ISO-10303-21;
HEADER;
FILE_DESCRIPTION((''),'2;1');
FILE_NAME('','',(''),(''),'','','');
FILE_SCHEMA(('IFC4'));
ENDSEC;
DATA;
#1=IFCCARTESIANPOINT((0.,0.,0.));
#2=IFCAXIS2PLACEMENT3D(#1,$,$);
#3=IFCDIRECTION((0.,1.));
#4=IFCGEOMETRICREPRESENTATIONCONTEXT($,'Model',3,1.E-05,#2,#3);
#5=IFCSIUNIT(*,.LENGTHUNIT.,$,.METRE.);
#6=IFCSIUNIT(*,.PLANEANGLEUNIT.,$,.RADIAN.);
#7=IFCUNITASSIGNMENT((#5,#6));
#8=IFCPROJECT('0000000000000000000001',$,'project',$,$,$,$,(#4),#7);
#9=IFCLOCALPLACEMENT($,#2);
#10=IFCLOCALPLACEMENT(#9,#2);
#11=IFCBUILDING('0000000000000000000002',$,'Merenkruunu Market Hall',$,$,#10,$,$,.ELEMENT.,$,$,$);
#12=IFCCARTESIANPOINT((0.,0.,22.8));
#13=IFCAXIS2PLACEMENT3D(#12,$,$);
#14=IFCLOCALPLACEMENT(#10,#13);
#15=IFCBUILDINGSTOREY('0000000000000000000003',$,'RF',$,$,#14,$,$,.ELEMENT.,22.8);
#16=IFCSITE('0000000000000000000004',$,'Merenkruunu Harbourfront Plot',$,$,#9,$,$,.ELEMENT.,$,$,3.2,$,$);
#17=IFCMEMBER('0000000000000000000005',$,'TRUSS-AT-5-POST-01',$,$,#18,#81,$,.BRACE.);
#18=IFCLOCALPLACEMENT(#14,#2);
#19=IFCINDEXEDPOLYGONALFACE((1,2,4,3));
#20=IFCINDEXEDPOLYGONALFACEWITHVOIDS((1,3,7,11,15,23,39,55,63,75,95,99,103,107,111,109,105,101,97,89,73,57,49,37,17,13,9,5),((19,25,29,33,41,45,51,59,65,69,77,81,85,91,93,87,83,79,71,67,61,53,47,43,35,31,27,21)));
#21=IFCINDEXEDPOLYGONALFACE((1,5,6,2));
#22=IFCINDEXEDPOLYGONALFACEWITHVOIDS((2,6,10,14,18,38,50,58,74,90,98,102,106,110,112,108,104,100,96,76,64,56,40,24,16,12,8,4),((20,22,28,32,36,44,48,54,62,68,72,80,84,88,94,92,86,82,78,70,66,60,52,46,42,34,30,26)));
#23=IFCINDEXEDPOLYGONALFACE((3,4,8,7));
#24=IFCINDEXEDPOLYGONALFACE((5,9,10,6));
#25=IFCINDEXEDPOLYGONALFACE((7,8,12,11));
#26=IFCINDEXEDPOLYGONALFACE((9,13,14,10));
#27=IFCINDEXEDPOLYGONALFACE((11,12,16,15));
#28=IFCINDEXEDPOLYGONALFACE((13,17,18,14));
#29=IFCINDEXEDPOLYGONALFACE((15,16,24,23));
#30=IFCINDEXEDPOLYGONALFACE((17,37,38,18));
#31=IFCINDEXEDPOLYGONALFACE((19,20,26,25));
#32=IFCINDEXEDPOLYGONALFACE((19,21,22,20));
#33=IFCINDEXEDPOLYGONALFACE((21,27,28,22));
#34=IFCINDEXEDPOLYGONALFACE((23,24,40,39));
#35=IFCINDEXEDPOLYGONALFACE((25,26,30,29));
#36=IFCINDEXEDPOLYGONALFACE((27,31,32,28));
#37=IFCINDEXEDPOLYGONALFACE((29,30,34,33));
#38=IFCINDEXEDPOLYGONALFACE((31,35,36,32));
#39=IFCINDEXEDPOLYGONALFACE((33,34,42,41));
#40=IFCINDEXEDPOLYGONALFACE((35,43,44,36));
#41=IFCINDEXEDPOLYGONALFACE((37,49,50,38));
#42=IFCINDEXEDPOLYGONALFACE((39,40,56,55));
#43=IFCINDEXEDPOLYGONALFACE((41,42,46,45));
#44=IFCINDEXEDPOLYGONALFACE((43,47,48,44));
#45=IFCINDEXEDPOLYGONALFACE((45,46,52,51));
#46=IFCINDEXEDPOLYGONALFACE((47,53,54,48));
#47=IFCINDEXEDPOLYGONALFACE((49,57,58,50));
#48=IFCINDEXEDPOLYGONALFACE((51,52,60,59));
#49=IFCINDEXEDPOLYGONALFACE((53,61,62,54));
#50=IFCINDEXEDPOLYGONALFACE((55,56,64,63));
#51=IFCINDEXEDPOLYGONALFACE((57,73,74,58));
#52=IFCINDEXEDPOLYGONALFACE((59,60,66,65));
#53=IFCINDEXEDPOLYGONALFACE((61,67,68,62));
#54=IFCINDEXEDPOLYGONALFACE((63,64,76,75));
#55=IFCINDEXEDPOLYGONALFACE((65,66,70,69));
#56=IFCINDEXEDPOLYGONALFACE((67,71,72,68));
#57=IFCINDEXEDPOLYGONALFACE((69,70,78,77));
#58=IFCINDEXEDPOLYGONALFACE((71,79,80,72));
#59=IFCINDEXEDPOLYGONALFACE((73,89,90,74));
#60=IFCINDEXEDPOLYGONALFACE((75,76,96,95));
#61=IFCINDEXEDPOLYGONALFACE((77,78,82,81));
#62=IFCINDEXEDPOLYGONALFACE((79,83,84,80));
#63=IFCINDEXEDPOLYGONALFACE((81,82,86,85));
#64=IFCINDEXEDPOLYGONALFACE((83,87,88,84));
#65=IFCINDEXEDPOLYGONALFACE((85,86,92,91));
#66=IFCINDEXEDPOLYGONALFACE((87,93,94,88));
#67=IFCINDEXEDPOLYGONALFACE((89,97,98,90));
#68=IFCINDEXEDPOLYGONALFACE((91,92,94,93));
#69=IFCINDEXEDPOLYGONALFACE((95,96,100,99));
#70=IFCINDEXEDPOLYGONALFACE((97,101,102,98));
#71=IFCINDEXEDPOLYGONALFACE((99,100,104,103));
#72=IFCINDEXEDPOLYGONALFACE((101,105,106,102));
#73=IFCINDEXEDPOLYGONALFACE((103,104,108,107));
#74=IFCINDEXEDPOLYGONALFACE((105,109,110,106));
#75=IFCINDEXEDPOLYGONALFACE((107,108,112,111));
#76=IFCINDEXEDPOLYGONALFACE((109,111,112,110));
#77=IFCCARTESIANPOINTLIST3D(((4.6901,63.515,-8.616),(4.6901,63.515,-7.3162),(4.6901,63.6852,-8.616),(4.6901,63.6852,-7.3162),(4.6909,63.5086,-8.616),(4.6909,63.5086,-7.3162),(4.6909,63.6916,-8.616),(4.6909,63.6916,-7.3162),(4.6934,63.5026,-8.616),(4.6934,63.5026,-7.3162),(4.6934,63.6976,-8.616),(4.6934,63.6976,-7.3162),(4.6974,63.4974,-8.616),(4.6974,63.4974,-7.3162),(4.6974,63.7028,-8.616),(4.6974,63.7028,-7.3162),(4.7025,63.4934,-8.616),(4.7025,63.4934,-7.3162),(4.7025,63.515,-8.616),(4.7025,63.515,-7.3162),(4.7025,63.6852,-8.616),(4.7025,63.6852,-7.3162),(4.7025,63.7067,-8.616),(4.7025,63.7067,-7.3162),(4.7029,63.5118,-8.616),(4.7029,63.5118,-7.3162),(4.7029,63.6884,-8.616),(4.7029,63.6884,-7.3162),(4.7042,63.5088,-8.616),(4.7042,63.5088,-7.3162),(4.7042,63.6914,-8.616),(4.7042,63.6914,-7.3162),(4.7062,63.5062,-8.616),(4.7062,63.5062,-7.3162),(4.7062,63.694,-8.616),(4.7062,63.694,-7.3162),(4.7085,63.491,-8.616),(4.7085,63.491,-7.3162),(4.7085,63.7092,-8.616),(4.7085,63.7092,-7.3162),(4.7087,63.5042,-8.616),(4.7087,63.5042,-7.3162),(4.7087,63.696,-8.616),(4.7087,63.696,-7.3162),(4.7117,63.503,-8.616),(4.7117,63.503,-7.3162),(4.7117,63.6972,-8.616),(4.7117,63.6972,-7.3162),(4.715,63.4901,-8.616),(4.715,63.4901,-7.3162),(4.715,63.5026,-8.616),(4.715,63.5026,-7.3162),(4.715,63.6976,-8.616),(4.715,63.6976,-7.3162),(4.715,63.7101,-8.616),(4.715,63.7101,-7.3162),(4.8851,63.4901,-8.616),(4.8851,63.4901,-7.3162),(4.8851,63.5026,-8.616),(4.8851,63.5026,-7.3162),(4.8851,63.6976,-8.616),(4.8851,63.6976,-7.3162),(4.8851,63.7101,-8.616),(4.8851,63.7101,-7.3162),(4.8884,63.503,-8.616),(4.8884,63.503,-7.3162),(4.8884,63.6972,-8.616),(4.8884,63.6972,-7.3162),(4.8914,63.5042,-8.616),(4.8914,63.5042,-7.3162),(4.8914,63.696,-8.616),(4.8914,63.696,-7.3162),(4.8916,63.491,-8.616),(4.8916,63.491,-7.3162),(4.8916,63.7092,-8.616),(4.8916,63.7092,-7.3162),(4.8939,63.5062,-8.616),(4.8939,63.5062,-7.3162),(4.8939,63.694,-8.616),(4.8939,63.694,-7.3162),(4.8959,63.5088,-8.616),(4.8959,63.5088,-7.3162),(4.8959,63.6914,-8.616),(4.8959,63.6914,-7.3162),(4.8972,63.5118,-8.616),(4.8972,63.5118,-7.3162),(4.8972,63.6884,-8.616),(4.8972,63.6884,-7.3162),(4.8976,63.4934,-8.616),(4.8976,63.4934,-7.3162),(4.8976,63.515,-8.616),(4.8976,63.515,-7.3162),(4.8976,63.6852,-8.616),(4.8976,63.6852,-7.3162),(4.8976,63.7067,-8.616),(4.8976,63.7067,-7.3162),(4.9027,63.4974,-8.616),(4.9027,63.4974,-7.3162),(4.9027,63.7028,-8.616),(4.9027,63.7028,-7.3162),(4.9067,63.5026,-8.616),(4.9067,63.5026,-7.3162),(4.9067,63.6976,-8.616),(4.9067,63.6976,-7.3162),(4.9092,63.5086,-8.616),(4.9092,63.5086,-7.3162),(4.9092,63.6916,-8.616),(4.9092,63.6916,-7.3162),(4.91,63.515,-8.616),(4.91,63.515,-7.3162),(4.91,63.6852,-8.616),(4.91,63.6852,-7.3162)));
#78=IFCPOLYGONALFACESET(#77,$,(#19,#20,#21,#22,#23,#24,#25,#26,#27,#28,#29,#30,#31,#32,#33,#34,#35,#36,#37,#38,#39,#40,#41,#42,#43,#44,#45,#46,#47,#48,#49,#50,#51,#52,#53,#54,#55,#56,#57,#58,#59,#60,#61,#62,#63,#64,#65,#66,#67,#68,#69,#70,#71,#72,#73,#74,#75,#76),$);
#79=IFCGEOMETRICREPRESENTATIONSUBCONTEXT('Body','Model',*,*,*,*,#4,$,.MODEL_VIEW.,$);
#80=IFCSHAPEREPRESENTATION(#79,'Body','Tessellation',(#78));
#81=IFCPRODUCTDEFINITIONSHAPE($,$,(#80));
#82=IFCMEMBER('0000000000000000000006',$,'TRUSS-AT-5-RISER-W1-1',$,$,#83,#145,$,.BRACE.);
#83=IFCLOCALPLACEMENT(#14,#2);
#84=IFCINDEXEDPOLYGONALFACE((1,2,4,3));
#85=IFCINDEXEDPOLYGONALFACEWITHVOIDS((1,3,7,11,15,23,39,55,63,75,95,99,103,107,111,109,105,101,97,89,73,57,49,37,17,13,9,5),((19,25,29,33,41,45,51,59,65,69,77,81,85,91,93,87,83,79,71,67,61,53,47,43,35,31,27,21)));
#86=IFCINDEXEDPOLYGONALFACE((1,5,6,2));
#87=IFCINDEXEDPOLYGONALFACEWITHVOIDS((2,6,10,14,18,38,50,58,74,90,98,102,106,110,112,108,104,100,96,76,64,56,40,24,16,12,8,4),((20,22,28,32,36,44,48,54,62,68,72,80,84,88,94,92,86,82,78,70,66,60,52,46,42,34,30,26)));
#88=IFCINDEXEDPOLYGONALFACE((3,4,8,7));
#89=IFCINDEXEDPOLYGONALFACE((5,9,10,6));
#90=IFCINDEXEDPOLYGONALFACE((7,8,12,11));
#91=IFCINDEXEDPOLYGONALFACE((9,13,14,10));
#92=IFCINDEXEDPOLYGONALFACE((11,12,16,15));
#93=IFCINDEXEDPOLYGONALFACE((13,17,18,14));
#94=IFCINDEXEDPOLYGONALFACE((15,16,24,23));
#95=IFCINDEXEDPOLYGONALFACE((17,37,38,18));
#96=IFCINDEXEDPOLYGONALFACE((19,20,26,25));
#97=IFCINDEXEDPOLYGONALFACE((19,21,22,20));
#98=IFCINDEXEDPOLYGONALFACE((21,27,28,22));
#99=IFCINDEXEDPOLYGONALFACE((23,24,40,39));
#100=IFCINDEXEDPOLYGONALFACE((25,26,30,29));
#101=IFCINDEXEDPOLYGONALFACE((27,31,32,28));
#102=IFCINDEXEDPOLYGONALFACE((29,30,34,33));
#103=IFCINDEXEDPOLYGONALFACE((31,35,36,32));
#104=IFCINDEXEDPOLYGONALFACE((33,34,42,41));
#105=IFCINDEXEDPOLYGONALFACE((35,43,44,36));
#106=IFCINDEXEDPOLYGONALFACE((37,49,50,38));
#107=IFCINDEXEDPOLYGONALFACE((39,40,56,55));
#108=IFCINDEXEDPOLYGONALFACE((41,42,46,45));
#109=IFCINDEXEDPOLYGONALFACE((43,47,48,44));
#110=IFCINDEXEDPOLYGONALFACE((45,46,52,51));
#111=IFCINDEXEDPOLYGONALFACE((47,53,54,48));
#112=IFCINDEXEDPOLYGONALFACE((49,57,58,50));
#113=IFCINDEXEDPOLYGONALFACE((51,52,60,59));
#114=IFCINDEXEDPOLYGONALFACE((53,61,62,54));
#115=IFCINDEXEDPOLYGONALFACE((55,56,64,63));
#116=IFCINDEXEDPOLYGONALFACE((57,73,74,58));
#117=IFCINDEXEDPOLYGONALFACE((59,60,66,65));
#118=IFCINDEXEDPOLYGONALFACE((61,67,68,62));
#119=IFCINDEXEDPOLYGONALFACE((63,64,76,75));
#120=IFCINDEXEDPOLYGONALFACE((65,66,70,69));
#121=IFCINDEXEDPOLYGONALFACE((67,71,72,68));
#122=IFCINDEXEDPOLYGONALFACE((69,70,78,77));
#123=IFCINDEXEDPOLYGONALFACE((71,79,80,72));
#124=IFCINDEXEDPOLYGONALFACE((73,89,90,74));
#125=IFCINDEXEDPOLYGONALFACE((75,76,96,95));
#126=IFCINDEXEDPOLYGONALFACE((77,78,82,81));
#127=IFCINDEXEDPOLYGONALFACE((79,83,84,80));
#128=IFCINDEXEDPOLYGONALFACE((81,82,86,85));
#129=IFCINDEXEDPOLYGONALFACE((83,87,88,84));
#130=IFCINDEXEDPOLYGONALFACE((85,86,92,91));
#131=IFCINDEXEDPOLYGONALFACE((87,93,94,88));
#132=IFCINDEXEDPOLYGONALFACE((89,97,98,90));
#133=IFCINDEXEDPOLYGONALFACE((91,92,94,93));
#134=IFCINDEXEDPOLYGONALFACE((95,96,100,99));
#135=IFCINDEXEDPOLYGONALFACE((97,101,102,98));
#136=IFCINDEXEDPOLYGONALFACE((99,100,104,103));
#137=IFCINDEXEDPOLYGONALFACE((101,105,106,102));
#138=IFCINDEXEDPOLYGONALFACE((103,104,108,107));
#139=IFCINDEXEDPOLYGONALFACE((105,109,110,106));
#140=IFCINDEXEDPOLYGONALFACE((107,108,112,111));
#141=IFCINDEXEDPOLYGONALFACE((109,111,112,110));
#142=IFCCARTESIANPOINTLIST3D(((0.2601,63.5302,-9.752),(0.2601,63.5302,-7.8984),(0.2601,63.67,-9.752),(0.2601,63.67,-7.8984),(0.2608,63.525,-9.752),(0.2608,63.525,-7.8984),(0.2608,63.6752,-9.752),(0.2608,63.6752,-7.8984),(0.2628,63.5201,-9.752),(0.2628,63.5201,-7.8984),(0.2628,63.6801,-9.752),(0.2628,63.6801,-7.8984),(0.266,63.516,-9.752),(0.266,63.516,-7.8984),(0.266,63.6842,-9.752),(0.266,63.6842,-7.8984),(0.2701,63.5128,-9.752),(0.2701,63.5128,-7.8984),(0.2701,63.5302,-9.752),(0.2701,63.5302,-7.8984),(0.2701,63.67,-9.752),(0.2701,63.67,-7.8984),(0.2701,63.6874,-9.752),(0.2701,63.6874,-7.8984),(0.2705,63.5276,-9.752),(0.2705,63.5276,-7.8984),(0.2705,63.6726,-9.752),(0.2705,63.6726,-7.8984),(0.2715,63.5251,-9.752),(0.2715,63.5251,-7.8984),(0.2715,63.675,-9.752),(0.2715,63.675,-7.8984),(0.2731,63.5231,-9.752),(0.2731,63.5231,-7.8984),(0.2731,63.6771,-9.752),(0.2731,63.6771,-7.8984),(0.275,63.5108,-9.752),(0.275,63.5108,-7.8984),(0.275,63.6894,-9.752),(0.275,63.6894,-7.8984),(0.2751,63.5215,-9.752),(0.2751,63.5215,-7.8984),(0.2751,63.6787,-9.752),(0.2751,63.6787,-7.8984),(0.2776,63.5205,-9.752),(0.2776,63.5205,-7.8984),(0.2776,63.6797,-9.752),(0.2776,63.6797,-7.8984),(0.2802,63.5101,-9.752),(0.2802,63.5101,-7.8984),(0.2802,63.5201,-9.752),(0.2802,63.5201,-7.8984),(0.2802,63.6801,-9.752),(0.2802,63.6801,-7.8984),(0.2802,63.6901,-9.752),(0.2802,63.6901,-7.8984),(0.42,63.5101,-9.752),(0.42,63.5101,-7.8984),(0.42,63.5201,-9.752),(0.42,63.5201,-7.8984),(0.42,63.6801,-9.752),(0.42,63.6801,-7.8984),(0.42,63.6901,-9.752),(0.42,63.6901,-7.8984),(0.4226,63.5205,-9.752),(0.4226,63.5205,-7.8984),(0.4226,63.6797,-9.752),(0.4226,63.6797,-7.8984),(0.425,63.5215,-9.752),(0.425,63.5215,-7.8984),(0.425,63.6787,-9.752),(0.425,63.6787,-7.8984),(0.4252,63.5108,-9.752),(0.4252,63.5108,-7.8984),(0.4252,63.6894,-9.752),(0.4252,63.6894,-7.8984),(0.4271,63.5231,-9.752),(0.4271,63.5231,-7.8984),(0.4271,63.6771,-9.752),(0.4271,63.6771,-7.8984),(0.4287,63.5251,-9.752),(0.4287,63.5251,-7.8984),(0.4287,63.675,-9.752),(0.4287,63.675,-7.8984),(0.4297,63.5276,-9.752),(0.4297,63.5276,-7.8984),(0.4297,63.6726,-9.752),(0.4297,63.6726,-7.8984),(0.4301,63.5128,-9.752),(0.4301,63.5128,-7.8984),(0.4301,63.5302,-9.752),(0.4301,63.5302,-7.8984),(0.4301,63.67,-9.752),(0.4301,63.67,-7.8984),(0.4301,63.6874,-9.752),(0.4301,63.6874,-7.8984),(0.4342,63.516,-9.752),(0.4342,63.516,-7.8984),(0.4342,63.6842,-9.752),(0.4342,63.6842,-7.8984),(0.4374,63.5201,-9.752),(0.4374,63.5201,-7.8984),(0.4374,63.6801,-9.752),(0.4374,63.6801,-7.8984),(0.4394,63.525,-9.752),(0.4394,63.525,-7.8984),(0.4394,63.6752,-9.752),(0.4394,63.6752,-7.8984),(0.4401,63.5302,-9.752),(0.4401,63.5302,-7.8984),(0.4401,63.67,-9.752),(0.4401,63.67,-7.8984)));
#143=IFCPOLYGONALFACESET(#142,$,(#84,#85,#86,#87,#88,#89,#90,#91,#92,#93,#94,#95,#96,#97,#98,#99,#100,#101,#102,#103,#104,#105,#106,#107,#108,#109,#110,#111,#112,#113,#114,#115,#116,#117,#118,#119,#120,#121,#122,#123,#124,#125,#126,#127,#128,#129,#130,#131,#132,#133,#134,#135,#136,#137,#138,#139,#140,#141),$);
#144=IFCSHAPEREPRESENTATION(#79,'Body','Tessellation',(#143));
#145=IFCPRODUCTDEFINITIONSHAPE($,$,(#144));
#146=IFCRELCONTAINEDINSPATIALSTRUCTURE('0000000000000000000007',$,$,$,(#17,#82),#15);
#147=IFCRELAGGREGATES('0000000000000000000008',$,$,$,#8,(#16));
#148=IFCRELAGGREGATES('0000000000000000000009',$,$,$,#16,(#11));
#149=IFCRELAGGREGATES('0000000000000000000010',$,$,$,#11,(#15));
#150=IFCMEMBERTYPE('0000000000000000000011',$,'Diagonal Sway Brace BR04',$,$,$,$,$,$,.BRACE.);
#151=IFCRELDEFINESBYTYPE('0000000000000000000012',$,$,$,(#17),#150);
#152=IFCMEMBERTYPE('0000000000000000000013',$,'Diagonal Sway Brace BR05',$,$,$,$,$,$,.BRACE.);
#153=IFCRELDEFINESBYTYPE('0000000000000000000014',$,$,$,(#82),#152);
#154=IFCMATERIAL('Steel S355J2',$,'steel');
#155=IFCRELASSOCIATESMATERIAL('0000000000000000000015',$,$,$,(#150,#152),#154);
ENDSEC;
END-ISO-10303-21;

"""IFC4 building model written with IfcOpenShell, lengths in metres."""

from ifc_helpers import new_model, si_unit, direction, frame, origin, origin_2d, place, context, subcontext, project, spatial, hollow_rectangle, extrude, material, material_profile, profile_set, type_object, element, save


model = new_model("IFC4")

# Units and contexts
model_context = context("Model", 3, precision=1e-05, world=origin(), true_north=direction((0.0, 1.0)))
body_context = subcontext(model_context, "Body", "Model", "MODEL_VIEW")
ifc_project = project(units=[si_unit("LENGTHUNIT", "METRE"), si_unit("PLANEANGLEUNIT", "RADIAN")], contexts=[model_context])

# Site, building, storey
site_placement = place(None, origin())
site = spatial("IfcSite", under=ifc_project, at=site_placement, Name="Merenkruunu Harbourfront Plot", CompositionType="ELEMENT", RefElevation=3.2)
building_placement = place(site_placement, origin())
building = spatial("IfcBuilding", under=site, at=building_placement, Name="Merenkruunu Market Hall", CompositionType="ELEMENT")
storey_placement = place(building_placement, frame((0.0, 0.0, 22.8)))
storey = spatial("IfcBuildingStorey", under=building, at=storey_placement, Name="RF", CompositionType="ELEMENT", Elevation=22.8)

# Members
ifc_material_1 = material(Name="Steel S355J2", Category="steel")
ifc_material_profile_1 = material_profile(ifc_material_1, hollow_rectangle(XDim=0.22, YDim=0.22, WallThickness=0.0125, InnerFilletRadius=0.0125, OuterFilletRadius=0.0249, at=origin_2d()), Name="SHS 220x220x12.5")
ifc_profile_set_1 = profile_set([ifc_material_profile_1], Name="Steel S355J2")
member_type_1 = type_object("IfcMemberType", Name="Diagonal Sway Brace BR04", PredefinedType="BRACE", material=ifc_profile_set_1)
member_1_placement = place(storey_placement, frame((4.8, 63.6001, -8.616), z_axis=(0.0, 0.0, 1.0), x_axis=(1.0, 0.0, 0.0)))
element("IfcMember", 1, at=member_1_placement, inside=storey, type_object=member_type_1, Name="TRUSS-AT-5-POST-01", PredefinedType="BRACE", context=body_context, shape_type="SweptSolid", body=[
    extrude(hollow_rectangle(XDim=0.22, YDim=0.22, WallThickness=0.0125, InnerFilletRadius=0.0125, OuterFilletRadius=0.0249, at=origin_2d()), origin(), (0.0, 0.0, 1.0), 1.2998),
])
ifc_material_profile_2 = material_profile(ifc_material_1, hollow_rectangle(XDim=0.1799, YDim=0.1799, WallThickness=0.01, InnerFilletRadius=0.01, OuterFilletRadius=0.02, at=origin_2d()), Name="SHS 180x180x10")
ifc_profile_set_2 = profile_set([ifc_material_profile_2], Name="Steel S355J2")
member_type_2 = type_object("IfcMemberType", Name="Diagonal Sway Brace BR05", PredefinedType="BRACE", material=ifc_profile_set_2)
member_2_placement = place(storey_placement, frame((0.3501, 63.6001, -9.752), z_axis=(0.0, 0.0, 1.0), x_axis=(1.0, 0.0, 0.0)))
element("IfcMember", 2, at=member_2_placement, inside=storey, type_object=member_type_2, Name="TRUSS-AT-5-RISER-W1-1", PredefinedType="BRACE", context=body_context, shape_type="SweptSolid", body=[
    extrude(hollow_rectangle(XDim=0.1799, YDim=0.1799, WallThickness=0.01, InnerFilletRadius=0.01, OuterFilletRadius=0.02, at=origin_2d()), origin(), (0.0, 0.0, 1.0), 1.8535),
])

save(model, "model.ifc")
